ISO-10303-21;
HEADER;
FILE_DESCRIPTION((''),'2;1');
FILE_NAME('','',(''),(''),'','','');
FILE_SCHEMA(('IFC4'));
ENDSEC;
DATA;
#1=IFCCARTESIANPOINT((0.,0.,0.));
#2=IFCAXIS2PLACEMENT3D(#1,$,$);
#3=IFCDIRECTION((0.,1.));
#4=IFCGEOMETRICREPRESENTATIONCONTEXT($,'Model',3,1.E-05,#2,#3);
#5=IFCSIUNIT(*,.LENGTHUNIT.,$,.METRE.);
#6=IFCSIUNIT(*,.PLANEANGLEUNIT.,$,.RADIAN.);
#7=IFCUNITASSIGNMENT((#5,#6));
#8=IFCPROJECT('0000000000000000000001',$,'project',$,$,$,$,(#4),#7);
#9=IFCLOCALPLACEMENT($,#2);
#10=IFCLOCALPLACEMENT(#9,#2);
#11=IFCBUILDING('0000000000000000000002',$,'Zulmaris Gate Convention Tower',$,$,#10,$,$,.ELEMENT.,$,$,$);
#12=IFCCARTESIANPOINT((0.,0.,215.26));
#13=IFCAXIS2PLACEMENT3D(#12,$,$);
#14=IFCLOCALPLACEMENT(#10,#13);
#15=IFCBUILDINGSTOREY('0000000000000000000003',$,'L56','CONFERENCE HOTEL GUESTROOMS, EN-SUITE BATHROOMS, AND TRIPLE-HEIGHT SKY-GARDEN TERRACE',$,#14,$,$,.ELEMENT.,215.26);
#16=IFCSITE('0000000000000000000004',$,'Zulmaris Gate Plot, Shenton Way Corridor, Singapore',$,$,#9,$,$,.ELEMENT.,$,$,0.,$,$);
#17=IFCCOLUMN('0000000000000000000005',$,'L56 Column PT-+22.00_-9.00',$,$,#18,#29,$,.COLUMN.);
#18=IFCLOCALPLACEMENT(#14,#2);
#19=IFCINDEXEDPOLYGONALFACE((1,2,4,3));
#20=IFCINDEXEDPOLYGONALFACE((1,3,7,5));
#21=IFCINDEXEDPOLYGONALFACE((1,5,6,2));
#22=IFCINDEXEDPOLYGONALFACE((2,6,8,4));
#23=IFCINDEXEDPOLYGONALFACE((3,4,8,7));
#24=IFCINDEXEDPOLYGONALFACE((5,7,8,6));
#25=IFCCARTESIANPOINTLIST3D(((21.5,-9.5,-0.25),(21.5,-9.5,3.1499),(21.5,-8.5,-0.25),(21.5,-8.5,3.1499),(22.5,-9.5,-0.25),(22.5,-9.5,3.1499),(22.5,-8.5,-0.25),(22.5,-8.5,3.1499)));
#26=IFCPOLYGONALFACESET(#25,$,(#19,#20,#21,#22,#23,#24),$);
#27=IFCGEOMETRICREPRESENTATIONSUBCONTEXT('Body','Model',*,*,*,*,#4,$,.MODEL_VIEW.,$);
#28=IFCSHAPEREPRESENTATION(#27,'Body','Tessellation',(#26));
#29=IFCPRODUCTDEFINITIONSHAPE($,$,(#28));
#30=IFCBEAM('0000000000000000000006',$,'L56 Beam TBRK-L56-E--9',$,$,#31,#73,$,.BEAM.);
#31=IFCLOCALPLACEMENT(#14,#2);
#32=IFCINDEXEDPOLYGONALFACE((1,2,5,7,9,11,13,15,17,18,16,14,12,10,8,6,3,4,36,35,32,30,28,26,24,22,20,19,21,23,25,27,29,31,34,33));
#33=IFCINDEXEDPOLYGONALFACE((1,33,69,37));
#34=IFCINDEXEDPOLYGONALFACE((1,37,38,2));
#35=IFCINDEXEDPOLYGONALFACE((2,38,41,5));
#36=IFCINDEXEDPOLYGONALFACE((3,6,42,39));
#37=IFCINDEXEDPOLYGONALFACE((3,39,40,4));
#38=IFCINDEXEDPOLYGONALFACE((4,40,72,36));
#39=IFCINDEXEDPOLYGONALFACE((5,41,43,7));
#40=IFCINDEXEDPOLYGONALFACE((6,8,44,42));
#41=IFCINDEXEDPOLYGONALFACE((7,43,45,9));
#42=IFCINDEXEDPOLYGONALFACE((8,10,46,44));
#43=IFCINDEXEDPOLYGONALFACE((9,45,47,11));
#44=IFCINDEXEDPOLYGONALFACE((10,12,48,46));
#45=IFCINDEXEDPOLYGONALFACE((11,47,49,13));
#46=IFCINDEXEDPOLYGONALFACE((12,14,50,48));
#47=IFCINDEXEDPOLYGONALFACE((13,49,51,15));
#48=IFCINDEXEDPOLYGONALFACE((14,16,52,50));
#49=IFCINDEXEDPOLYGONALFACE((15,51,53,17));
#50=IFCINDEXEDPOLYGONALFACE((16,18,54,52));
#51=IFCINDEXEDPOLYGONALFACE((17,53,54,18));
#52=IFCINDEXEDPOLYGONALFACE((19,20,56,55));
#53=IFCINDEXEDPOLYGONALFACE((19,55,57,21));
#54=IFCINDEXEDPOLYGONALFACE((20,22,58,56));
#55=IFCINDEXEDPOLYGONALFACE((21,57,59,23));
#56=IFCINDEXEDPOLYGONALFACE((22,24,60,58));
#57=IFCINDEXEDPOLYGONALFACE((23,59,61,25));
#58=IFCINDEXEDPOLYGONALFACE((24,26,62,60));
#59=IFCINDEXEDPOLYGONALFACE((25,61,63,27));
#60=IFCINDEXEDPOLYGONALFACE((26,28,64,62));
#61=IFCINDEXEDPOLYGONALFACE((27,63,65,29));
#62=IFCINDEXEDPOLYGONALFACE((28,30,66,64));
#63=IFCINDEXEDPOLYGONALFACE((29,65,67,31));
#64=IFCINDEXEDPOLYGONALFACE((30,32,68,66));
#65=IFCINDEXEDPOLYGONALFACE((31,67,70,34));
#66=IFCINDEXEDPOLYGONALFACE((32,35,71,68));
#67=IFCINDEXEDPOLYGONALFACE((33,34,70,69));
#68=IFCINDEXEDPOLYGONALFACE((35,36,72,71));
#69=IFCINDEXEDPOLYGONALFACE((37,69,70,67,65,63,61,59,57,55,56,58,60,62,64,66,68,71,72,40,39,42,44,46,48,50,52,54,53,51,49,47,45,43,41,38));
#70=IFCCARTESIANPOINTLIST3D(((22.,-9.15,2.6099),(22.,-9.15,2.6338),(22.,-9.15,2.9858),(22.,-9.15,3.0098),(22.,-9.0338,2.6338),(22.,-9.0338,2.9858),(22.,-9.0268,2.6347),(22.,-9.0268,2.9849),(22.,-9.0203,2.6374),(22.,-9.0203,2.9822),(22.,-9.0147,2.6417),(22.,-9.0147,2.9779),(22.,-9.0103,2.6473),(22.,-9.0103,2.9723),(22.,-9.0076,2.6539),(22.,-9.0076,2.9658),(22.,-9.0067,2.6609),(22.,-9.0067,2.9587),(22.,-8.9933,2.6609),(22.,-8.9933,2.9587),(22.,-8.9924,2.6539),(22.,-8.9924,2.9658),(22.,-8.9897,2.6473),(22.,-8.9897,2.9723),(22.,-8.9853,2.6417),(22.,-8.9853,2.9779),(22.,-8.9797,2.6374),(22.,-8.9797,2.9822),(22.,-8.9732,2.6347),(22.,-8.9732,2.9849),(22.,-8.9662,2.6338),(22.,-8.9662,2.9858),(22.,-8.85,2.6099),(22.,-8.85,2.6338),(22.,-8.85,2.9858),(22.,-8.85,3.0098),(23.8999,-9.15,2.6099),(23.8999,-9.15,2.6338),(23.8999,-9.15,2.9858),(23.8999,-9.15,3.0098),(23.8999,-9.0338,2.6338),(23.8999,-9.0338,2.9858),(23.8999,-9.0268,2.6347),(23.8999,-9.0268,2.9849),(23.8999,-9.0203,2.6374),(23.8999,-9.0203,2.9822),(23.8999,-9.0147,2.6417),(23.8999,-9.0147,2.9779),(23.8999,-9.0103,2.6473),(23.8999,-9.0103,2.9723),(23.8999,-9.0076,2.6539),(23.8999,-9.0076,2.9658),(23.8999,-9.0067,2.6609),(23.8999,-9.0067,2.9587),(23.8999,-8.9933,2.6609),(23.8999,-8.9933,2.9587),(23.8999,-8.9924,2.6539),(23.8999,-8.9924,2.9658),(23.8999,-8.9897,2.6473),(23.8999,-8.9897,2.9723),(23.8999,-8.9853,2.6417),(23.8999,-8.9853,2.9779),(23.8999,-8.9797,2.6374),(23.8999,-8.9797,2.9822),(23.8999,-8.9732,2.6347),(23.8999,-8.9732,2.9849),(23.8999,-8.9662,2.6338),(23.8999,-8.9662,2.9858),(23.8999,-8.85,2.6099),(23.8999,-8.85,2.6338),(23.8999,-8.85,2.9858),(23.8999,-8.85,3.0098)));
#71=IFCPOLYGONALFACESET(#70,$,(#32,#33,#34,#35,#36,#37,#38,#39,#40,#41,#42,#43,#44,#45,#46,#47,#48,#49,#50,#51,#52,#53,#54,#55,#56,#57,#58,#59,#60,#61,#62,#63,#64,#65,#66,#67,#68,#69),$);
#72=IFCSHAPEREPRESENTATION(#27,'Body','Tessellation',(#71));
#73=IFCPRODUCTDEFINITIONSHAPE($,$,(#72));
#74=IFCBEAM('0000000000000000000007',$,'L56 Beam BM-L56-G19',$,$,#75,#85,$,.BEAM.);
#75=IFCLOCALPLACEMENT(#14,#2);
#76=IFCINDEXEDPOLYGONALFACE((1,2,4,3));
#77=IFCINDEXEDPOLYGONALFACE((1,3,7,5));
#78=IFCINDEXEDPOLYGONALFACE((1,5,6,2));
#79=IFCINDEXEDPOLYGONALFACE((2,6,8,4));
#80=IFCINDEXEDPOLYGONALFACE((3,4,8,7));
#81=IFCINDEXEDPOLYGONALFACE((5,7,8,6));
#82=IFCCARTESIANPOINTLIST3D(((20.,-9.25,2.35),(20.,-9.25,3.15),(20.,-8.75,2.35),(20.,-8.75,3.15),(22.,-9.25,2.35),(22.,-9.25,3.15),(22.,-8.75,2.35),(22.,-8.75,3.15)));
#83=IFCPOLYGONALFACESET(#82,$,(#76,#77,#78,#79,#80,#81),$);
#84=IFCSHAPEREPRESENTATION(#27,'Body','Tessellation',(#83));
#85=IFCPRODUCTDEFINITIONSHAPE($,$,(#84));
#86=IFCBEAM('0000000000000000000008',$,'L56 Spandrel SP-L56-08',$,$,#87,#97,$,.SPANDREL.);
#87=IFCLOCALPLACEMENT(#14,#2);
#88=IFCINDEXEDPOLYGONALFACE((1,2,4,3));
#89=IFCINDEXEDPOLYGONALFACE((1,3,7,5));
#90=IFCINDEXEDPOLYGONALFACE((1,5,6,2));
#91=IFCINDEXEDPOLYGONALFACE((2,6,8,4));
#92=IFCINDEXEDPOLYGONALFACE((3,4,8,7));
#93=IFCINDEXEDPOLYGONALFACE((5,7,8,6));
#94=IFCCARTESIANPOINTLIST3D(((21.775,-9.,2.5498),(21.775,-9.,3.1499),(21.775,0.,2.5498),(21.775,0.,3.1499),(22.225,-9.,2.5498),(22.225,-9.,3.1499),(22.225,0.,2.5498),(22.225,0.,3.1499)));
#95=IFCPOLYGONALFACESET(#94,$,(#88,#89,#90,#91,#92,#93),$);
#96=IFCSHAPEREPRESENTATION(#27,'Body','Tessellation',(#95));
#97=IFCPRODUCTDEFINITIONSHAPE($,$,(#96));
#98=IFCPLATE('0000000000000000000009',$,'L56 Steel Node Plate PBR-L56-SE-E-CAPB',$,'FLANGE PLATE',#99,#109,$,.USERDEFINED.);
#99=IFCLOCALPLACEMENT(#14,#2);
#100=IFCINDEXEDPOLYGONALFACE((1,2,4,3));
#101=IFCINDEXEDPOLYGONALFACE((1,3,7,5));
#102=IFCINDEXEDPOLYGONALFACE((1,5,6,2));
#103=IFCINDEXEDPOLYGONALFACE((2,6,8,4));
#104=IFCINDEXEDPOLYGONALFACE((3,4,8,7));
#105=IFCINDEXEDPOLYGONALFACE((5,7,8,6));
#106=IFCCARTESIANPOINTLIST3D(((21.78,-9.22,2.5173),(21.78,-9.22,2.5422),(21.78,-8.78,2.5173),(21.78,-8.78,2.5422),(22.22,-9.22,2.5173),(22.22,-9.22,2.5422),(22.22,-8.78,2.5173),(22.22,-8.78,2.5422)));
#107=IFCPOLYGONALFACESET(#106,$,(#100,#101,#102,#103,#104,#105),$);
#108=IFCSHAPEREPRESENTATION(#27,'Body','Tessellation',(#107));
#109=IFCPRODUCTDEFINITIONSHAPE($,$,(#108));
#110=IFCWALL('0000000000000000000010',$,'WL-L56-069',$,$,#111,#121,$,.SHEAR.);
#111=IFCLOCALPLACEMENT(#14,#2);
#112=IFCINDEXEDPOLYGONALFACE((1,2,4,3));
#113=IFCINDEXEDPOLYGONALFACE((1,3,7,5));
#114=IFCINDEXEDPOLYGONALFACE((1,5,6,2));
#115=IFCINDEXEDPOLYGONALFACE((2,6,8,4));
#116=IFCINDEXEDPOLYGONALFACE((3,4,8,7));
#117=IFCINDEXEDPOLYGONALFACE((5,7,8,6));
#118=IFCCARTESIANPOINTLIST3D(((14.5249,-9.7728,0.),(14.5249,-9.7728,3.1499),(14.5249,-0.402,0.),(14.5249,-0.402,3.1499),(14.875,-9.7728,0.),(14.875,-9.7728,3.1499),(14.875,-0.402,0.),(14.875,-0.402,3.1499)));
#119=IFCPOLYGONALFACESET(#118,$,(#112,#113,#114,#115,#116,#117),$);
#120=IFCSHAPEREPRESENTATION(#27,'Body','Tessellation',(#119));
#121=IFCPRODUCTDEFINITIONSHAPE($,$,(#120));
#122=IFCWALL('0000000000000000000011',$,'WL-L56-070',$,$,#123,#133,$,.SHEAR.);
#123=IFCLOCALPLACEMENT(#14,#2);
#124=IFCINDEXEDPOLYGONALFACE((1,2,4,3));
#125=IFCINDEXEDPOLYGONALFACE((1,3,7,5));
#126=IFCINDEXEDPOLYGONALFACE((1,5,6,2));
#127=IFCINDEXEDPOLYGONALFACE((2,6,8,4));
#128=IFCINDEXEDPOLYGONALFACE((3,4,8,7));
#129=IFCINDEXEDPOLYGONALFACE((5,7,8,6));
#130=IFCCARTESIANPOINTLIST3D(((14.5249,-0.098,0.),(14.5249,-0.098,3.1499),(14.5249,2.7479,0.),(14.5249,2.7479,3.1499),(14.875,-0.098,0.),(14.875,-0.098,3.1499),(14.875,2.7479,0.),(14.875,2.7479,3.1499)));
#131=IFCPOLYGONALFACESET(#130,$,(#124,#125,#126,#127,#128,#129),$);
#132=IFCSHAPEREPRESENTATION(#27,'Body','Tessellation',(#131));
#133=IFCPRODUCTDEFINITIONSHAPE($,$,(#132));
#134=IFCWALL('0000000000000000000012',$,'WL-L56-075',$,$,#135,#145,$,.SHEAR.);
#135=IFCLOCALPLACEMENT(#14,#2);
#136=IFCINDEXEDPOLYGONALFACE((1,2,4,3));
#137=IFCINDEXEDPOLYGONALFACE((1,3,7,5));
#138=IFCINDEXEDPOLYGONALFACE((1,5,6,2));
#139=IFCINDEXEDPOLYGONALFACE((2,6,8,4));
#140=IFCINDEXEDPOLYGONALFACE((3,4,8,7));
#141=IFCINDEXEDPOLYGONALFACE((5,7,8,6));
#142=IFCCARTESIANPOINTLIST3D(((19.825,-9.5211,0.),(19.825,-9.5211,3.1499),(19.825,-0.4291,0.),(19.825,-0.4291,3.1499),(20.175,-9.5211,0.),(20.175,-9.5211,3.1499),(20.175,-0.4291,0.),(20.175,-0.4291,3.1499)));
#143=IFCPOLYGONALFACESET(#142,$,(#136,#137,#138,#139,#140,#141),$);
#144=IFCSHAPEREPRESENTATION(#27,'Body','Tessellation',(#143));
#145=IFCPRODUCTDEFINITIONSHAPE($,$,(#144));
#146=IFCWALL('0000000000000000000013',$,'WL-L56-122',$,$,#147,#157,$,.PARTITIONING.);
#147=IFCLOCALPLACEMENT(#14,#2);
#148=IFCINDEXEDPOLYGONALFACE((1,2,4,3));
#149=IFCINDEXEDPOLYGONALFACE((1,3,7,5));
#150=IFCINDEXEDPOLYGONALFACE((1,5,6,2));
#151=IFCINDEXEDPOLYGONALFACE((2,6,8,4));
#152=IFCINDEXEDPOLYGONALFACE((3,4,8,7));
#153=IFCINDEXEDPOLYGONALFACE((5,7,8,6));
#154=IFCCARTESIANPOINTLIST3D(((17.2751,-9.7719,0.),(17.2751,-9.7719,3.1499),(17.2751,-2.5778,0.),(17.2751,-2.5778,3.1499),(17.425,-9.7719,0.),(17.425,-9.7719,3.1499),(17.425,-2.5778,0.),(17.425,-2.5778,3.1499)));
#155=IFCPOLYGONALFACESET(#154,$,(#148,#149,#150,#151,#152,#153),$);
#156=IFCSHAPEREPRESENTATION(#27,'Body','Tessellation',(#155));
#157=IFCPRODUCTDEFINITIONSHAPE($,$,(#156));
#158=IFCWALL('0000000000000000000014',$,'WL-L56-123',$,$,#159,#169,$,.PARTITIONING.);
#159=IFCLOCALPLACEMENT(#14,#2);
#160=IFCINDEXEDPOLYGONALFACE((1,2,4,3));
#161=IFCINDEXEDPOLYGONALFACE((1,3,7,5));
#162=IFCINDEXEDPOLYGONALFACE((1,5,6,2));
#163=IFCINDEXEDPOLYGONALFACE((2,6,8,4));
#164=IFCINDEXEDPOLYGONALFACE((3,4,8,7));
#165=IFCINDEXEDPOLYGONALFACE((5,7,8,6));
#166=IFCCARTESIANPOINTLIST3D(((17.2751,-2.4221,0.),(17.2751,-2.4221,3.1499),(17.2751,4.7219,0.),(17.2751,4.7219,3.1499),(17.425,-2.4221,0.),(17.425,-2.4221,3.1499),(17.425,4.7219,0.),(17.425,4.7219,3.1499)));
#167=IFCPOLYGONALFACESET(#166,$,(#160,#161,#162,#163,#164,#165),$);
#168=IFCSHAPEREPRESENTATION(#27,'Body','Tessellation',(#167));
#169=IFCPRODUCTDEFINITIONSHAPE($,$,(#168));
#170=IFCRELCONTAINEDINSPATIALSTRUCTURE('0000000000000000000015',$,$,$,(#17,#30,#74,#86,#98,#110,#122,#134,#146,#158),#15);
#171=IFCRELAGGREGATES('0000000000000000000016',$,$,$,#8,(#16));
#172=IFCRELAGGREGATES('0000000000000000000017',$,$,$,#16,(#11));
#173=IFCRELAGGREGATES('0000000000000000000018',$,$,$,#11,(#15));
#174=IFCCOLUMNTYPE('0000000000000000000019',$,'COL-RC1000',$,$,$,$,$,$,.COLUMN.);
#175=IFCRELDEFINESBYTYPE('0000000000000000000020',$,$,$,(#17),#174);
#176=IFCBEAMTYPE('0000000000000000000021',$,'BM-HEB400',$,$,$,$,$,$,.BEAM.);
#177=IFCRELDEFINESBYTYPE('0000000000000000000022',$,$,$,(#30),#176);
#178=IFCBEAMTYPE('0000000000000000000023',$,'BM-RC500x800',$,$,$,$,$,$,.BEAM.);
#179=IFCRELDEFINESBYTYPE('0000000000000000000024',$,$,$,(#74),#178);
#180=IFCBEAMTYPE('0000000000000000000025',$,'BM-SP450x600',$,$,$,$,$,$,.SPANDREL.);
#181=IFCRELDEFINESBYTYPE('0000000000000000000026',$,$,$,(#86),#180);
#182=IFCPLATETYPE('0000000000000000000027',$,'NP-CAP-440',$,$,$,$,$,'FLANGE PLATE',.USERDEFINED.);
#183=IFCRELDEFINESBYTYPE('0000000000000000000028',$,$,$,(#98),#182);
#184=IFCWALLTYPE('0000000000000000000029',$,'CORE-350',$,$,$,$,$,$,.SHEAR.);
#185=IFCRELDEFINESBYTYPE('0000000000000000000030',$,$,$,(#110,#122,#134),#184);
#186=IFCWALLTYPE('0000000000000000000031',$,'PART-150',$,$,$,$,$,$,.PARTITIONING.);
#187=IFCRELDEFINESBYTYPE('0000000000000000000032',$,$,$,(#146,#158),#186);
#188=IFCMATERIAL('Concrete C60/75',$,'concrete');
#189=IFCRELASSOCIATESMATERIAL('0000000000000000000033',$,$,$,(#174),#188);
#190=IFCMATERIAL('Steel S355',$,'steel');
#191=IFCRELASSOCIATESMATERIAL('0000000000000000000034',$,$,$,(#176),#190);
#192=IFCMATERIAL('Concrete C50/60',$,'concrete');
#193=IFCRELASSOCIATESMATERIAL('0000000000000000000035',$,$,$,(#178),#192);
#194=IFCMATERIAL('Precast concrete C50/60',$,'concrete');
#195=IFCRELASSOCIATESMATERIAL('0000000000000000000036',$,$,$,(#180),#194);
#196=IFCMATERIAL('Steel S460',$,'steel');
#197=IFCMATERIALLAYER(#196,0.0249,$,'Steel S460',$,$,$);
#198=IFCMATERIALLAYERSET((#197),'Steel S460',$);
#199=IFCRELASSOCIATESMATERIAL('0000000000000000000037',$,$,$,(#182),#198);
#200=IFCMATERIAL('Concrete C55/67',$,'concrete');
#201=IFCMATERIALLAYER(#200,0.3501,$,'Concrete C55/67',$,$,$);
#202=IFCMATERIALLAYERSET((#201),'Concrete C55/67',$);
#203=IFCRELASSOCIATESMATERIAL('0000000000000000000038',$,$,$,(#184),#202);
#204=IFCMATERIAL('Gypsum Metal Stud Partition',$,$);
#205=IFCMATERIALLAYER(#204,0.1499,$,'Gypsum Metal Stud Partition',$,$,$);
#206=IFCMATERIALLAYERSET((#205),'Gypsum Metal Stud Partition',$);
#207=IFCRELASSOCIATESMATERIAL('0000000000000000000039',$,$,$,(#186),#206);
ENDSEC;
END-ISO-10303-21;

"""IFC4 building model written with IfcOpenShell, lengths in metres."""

from ifc_helpers import new_model, si_unit, direction, frame, frame_2d, origin, origin_2d, place, context, subcontext, project, spatial, rectangle, i_section, extrude, material, layer, layer_set, material_profile, profile_set, type_object, element, save


model = new_model("IFC4")

# Units and contexts
model_context = context("Model", 3, precision=1e-05, world=origin(), true_north=direction((0.0, 1.0)))
body_context = subcontext(model_context, "Body", "Model", "MODEL_VIEW")
ifc_project = project(units=[si_unit("LENGTHUNIT", "METRE"), si_unit("PLANEANGLEUNIT", "RADIAN")], contexts=[model_context])

# Site, building, storey
site_placement = place(None, origin())
site = spatial("IfcSite", under=ifc_project, at=site_placement, Name="Zulmaris Gate Plot, Shenton Way Corridor, Singapore", CompositionType="ELEMENT", RefElevation=0.0)
building_placement = place(site_placement, origin())
building = spatial("IfcBuilding", under=site, at=building_placement, Name="Zulmaris Gate Convention Tower", CompositionType="ELEMENT")
storey_placement = place(building_placement, frame((0.0, 0.0, 215.26)))
storey = spatial("IfcBuildingStorey", under=building, at=storey_placement, Name="L56", Description="CONFERENCE HOTEL GUESTROOMS, EN-SUITE BATHROOMS, AND TRIPLE-HEIGHT SKY-GARDEN TERRACE", CompositionType="ELEMENT", Elevation=215.26)

# Column
ifc_material_1 = material(Name="Concrete C60/75", Category="concrete")
ifc_material_profile_1 = material_profile(ifc_material_1, rectangle(XDim=1.0, YDim=1.0, at=origin_2d()), Name="RC COL 1000x1000")
ifc_profile_set_1 = profile_set([ifc_material_profile_1], Name="Concrete C60/75")
column_type = type_object("IfcColumnType", Name="COL-RC1000", PredefinedType="COLUMN", material=ifc_profile_set_1)
column_placement = place(storey_placement, frame((22.0, -9.0, -0.25), z_axis=(0.0, 0.0, 1.0), x_axis=(1.0, 0.0, 0.0)))
element("IfcColumn", 1, at=column_placement, inside=storey, type_object=column_type, Name="L56 Column PT-+22.00_-9.00", PredefinedType="COLUMN", context=body_context, shape_type="SweptSolid", body=[
    extrude(rectangle(XDim=1.0, YDim=1.0, at=origin_2d()), origin(), (0.0, 0.0, 1.0), 3.3999),
])

# Beams
ifc_material_2 = material(Name="Steel S355", Category="steel")
ifc_material_profile_2 = material_profile(ifc_material_2, i_section(OverallWidth=0.3, OverallDepth=0.3999, WebThickness=0.0134, FlangeThickness=0.0239, FilletRadius=0.0271, at=origin_2d()), Name="HEB 400")
ifc_profile_set_2 = profile_set([ifc_material_profile_2], Name="Steel S355")
beam_type_1 = type_object("IfcBeamType", Name="BM-HEB400", PredefinedType="BEAM", material=ifc_profile_set_2)
beam_1_placement = place(storey_placement, frame((22.0, -9.0, 2.8098), z_axis=(1.0, 0.0, 0.0), x_axis=(0.0, 1.0, 0.0)))
element("IfcBeam", 2, at=beam_1_placement, inside=storey, type_object=beam_type_1, Name="L56 Beam TBRK-L56-E--9", PredefinedType="BEAM", context=body_context, shape_type="SweptSolid", body=[
    extrude(i_section(OverallWidth=0.3, OverallDepth=0.3999, WebThickness=0.0134, FlangeThickness=0.0239, FilletRadius=0.0271, at=origin_2d()), origin(), (0.0, 0.0, 1.0), 1.8999),
])
ifc_material_3 = material(Name="Concrete C50/60", Category="concrete")
ifc_material_profile_3 = material_profile(ifc_material_3, rectangle(XDim=0.5, YDim=0.8, at=origin_2d()), Name="RC BEAM 500x800")
ifc_profile_set_3 = profile_set([ifc_material_profile_3], Name="Concrete C50/60")
beam_type_2 = type_object("IfcBeamType", Name="BM-RC500x800", PredefinedType="BEAM", material=ifc_profile_set_3)
beam_2_placement = place(storey_placement, frame((20.0, -9.0, 2.75), z_axis=(1.0, 0.0, 0.0), x_axis=(0.0, 1.0, 0.0)))
element("IfcBeam", 3, at=beam_2_placement, inside=storey, type_object=beam_type_2, Name="L56 Beam BM-L56-G19", PredefinedType="BEAM", context=body_context, shape_type="SweptSolid", body=[
    extrude(rectangle(XDim=0.5, YDim=0.8, at=origin_2d()), origin(), (0.0, 0.0, 1.0), 2.0),
])
ifc_material_4 = material(Name="Precast concrete C50/60", Category="concrete")
ifc_material_profile_4 = material_profile(ifc_material_4, rectangle(XDim=0.45, YDim=0.6001, at=origin_2d()), Name="RC SPANDREL 450x600")
ifc_profile_set_4 = profile_set([ifc_material_profile_4], Name="Precast concrete C50/60")
beam_type_3 = type_object("IfcBeamType", Name="BM-SP450x600", PredefinedType="SPANDREL", material=ifc_profile_set_4)
beam_3_placement = place(storey_placement, frame((22.0, -9.0, 2.8499), z_axis=(0.0, 1.0, 0.0), x_axis=(-1.0, 0.0, 0.0)))
element("IfcBeam", 4, at=beam_3_placement, inside=storey, type_object=beam_type_3, Name="L56 Spandrel SP-L56-08", PredefinedType="SPANDREL", context=body_context, shape_type="SweptSolid", body=[
    extrude(rectangle(XDim=0.45, YDim=0.6001, at=origin_2d()), origin(), (0.0, 0.0, 1.0), 9.0),
])

# Plate
ifc_material_5 = material(Name="Steel S460", Category="steel")
ifc_layer_1 = layer(ifc_material_5, 0.0249, Name="Steel S460")
ifc_layer_set_1 = layer_set([ifc_layer_1], Name="Steel S460")
plate_type = type_object("IfcPlateType", Name="NP-CAP-440", ElementType="FLANGE PLATE", PredefinedType="USERDEFINED", material=ifc_layer_set_1)
plate_placement = place(storey_placement, frame((22.0, -9.0, 2.5173), z_axis=(0.0, 0.0, 1.0), x_axis=(1.0, 0.0, 0.0)))
element("IfcPlate", 5, at=plate_placement, inside=storey, type_object=plate_type, Name="L56 Steel Node Plate PBR-L56-SE-E-CAPB", ObjectType="FLANGE PLATE", PredefinedType="USERDEFINED", context=body_context, shape_type="SweptSolid", body=[
    extrude(rectangle(XDim=0.4399, YDim=0.4399, at=origin_2d()), origin(), (0.0, 0.0, 1.0), 0.0249),
])

# Walls
ifc_material_6 = material(Name="Concrete C55/67", Category="concrete")
ifc_layer_2 = layer(ifc_material_6, 0.3501, Name="Concrete C55/67")
ifc_layer_set_2 = layer_set([ifc_layer_2], Name="Concrete C55/67")
wall_type_1 = type_object("IfcWallType", Name="CORE-350", PredefinedType="SHEAR", material=ifc_layer_set_2)
wall_1_placement = place(storey_placement, frame((14.7, -9.7729, 0.0), z_axis=(0.0, 0.0, 1.0), x_axis=(0.0, 1.0, 0.0)))
element("IfcWall", 6, at=wall_1_placement, inside=storey, type_object=wall_type_1, Name="WL-L56-069", PredefinedType="SHEAR", context=body_context, shape_type="SweptSolid", body=[
    extrude(rectangle(XDim=9.3708, YDim=0.3501, at=frame_2d((4.6855, 0.0))), origin(), (0.0, 0.0, 1.0), 3.1499),
])
wall_2_placement = place(storey_placement, frame((14.7, -0.0979, 0.0), z_axis=(0.0, 0.0, 1.0), x_axis=(0.0, 1.0, 0.0)))
element("IfcWall", 7, at=wall_2_placement, inside=storey, type_object=wall_type_1, Name="WL-L56-070", PredefinedType="SHEAR", context=body_context, shape_type="SweptSolid", body=[
    extrude(rectangle(XDim=2.8459, YDim=0.3501, at=frame_2d((1.4229, 0.0))), origin(), (0.0, 0.0, 1.0), 3.1499),
])
wall_3_placement = place(storey_placement, frame((20.0, -9.521, 0.0), z_axis=(0.0, 0.0, 1.0), x_axis=(0.0, 1.0, 0.0)))
element("IfcWall", 8, at=wall_3_placement, inside=storey, type_object=wall_type_1, Name="WL-L56-075", PredefinedType="SHEAR", context=body_context, shape_type="SweptSolid", body=[
    extrude(rectangle(XDim=9.092, YDim=0.3501, at=frame_2d((4.5459, 0.0))), origin(), (0.0, 0.0, 1.0), 3.1499),
])

# Shared definitions
ifc_material_7 = material(Name="Gypsum Metal Stud Partition")
ifc_layer_3 = layer(ifc_material_7, 0.1499, Name="Gypsum Metal Stud Partition")
ifc_layer_set_3 = layer_set([ifc_layer_3], Name="Gypsum Metal Stud Partition")
wall_type_2 = type_object("IfcWallType", Name="PART-150", PredefinedType="PARTITIONING", material=ifc_layer_set_3)

# Walls
wall_4_placement = place(storey_placement, frame((17.3501, -9.772, 0.0), z_axis=(0.0, 0.0, 1.0), x_axis=(0.0, 1.0, 0.0)))
element("IfcWall", 9, at=wall_4_placement, inside=storey, type_object=wall_type_2, Name="WL-L56-122", PredefinedType="PARTITIONING", context=body_context, shape_type="SweptSolid", body=[
    extrude(rectangle(XDim=7.1941, YDim=0.1499, at=frame_2d((3.5972, 0.0))), origin(), (0.0, 0.0, 1.0), 3.1499),
])
wall_5_placement = place(storey_placement, frame((17.3501, -2.4221, 0.0), z_axis=(0.0, 0.0, 1.0), x_axis=(0.0, 1.0, 0.0)))
element("IfcWall", 10, at=wall_5_placement, inside=storey, type_object=wall_type_2, Name="WL-L56-123", PredefinedType="PARTITIONING", context=body_context, shape_type="SweptSolid", body=[
    extrude(rectangle(XDim=7.144, YDim=0.1499, at=frame_2d((3.572, 0.0))), origin(), (0.0, 0.0, 1.0), 3.1499),
])

save(model, "model.ifc")
